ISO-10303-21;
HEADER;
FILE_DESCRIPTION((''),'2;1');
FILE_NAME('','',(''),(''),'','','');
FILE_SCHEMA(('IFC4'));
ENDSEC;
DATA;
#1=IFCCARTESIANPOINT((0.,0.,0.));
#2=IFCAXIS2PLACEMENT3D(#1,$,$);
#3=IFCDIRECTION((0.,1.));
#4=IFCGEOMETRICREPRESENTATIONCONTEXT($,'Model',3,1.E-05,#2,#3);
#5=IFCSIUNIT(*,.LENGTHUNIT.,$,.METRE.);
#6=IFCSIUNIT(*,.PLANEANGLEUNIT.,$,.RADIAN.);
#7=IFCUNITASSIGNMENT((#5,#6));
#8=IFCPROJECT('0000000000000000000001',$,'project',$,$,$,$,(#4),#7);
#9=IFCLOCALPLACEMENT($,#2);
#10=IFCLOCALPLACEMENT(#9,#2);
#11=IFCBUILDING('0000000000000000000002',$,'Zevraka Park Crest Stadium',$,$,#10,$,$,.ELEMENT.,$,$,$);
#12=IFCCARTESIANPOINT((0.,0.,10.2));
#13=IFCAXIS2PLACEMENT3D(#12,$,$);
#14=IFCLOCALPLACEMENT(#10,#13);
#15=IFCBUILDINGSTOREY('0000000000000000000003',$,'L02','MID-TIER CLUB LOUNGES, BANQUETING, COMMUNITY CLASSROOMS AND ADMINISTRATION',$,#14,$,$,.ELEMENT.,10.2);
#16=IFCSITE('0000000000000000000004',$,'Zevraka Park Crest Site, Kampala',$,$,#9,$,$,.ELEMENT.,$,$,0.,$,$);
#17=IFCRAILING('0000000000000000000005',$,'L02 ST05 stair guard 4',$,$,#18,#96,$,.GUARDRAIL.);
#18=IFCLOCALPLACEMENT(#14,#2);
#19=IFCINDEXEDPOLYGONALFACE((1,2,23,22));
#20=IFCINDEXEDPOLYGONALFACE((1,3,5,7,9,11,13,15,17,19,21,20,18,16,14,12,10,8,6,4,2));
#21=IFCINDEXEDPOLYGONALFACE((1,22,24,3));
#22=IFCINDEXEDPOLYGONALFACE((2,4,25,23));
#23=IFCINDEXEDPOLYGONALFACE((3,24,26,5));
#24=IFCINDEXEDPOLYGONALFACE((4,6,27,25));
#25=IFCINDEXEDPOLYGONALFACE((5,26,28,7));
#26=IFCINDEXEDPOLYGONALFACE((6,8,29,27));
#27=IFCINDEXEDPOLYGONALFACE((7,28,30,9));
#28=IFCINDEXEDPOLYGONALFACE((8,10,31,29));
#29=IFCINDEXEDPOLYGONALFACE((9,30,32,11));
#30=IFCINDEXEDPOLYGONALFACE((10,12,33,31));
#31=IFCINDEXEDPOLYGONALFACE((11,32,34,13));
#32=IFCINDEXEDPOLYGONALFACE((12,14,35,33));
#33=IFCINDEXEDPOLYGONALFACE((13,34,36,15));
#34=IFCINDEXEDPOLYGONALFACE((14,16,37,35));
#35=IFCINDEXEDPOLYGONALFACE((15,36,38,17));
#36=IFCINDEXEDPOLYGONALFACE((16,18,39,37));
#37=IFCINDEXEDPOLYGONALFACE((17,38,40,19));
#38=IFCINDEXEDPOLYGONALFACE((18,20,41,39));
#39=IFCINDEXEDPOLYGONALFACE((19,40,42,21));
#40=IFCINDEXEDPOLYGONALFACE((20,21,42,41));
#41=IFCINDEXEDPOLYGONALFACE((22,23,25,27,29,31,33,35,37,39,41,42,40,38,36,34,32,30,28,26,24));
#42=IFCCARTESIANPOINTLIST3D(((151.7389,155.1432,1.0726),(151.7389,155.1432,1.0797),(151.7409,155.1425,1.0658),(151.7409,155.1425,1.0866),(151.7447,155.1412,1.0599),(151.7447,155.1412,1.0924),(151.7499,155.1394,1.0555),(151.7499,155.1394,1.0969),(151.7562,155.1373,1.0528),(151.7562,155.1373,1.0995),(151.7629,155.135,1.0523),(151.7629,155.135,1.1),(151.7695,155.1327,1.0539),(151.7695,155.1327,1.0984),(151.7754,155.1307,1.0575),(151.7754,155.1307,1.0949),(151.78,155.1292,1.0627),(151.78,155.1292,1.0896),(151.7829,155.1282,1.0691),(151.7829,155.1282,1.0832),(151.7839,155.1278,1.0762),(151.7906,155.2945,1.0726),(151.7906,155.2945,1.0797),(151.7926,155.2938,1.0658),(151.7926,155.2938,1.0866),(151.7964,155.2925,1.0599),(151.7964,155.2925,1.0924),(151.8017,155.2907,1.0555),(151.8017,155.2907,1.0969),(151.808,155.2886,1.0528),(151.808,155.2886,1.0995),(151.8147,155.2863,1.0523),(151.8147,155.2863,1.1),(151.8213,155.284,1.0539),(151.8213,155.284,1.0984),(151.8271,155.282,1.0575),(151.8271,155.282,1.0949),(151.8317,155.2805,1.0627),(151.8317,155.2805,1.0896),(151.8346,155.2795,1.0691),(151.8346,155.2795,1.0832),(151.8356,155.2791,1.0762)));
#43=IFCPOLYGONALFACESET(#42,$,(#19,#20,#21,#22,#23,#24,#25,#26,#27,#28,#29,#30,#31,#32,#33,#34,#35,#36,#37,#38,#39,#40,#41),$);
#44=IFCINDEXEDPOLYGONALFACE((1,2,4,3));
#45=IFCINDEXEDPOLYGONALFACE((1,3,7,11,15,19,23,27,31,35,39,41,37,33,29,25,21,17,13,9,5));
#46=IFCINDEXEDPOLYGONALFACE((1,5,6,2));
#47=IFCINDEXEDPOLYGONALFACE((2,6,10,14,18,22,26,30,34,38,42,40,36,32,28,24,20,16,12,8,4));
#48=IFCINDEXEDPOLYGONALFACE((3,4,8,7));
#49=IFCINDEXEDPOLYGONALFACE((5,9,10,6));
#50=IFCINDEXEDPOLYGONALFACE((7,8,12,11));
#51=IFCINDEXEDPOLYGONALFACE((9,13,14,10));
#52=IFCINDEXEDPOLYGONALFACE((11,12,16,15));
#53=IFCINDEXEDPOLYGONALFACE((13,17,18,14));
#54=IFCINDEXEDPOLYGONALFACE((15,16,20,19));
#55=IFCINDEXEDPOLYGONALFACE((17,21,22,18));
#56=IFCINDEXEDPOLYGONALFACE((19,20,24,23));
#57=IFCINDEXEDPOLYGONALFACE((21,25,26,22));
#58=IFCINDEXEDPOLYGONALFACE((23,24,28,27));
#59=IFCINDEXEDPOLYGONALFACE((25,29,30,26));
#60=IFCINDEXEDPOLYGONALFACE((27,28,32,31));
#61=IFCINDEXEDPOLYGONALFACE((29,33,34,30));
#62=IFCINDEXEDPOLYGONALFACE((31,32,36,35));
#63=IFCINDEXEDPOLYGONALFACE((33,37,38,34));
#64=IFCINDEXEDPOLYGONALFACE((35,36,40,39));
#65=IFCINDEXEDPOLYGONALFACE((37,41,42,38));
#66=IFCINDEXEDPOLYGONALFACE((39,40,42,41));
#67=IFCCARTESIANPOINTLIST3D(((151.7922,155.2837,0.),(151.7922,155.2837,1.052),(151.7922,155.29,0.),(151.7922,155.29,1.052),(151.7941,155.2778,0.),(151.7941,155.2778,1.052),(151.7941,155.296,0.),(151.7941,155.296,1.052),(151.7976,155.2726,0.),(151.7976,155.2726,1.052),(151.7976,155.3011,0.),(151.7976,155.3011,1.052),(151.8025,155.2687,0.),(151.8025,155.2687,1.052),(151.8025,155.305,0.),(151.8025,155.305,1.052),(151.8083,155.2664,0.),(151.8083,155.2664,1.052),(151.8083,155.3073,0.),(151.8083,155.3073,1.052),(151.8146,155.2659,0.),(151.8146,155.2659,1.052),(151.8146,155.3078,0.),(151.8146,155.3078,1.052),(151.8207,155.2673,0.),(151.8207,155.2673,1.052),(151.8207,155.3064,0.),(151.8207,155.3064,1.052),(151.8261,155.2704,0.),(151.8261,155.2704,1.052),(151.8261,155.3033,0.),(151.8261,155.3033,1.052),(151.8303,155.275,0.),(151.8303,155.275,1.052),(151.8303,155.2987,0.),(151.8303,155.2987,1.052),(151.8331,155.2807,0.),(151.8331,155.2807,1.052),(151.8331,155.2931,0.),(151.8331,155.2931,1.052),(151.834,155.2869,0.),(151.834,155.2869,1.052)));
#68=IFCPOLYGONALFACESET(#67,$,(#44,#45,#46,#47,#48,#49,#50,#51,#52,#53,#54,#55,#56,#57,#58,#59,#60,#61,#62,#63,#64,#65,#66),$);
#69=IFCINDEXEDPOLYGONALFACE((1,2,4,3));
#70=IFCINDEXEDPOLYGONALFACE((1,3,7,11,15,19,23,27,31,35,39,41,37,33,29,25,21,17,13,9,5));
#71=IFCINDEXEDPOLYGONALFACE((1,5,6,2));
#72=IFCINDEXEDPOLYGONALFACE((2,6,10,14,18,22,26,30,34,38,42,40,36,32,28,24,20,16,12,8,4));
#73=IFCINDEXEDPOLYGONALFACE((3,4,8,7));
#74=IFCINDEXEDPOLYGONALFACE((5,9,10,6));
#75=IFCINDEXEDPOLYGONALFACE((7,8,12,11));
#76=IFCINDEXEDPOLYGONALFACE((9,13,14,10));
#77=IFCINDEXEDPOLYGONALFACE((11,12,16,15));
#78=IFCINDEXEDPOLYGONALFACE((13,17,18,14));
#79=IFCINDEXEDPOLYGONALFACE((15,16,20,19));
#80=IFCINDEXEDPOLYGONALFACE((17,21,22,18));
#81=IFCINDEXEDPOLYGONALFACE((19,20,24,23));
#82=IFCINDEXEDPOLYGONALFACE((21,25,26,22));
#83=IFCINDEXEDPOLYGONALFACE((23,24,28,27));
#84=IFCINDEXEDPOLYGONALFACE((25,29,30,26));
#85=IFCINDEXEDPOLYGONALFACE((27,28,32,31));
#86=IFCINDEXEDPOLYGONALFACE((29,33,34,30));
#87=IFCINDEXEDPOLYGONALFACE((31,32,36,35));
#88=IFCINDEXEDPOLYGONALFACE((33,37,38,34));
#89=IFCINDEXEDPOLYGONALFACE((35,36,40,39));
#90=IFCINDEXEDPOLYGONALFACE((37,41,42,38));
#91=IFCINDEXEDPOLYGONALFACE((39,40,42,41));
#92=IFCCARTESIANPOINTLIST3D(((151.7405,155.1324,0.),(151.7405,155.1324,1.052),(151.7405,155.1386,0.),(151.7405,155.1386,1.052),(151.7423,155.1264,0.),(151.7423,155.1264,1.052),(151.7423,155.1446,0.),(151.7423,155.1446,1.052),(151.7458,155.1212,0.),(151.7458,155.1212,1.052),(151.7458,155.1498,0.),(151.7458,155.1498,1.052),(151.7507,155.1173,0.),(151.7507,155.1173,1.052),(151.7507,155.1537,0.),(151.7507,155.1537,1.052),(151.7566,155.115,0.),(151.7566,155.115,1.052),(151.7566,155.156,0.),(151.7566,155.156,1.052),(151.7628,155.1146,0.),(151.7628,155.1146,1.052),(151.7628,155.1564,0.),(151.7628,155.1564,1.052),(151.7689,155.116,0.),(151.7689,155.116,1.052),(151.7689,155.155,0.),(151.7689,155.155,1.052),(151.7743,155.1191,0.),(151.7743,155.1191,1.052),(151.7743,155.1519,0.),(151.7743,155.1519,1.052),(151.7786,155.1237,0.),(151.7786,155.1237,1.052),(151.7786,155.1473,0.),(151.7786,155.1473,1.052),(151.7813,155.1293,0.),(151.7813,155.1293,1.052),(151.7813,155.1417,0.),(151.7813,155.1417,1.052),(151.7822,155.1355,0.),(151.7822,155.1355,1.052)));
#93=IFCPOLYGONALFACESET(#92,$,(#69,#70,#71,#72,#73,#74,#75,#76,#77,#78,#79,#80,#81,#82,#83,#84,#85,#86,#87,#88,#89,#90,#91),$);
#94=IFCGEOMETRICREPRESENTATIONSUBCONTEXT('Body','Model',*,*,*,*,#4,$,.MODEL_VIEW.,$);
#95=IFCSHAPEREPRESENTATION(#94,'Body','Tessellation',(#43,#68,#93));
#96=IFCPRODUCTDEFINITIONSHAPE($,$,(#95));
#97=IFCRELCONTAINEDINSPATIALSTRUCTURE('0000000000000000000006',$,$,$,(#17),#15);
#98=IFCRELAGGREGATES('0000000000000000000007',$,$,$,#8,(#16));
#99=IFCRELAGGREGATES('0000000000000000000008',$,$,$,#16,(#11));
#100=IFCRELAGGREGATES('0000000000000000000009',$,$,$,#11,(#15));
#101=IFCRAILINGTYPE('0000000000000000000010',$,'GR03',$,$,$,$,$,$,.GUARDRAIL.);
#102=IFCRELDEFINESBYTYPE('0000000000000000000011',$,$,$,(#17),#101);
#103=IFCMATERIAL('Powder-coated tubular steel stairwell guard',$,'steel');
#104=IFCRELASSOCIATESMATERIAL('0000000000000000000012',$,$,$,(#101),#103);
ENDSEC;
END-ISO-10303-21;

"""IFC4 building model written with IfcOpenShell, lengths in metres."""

from ifc_helpers import new_model, si_unit, direction, frame, origin, origin_2d, place, context, subcontext, project, spatial, circle, extrude, material, type_object, element, save


model = new_model("IFC4")

# Units and contexts
model_context = context("Model", 3, precision=1e-05, world=origin(), true_north=direction((0.0, 1.0)))
body_context = subcontext(model_context, "Body", "Model", "MODEL_VIEW")
ifc_project = project(units=[si_unit("LENGTHUNIT", "METRE"), si_unit("PLANEANGLEUNIT", "RADIAN")], contexts=[model_context])

# Site, building, storey
site_placement = place(None, origin())
site = spatial("IfcSite", under=ifc_project, at=site_placement, Name="Zevraka Park Crest Site, Kampala", CompositionType="ELEMENT", RefElevation=0.0)
building_placement = place(site_placement, origin())
building = spatial("IfcBuilding", under=site, at=building_placement, Name="Zevraka Park Crest Stadium", CompositionType="ELEMENT")
storey_placement = place(building_placement, frame((0.0, 0.0, 10.2)))
storey = spatial("IfcBuildingStorey", under=building, at=storey_placement, Name="L02", Description="MID-TIER CLUB LOUNGES, BANQUETING, COMMUNITY CLASSROOMS AND ADMINISTRATION", CompositionType="ELEMENT", Elevation=10.2)

# Railing
ifc_material_1 = material(Name="Powder-coated tubular steel stairwell guard", Category="steel")
railing_type_1 = type_object("IfcRailingType", Name="GR03", PredefinedType="GUARDRAIL", material=ifc_material_1)
railing_1_placement = place(storey_placement, frame((151.813, 155.2869, 0.0)))
element("IfcRailing", 1, at=railing_1_placement, inside=storey, type_object=railing_type_1, Name="L02 ST05 stair guard 4", PredefinedType="GUARDRAIL", context=body_context, shape_type="SweptSolid", body=[
    extrude(circle(Radius=0.0239, at=origin_2d()), frame((0.0, 0.0, 1.0762), z_axis=(-0.323544, -0.946213, 0.0), x_axis=(0.946213, -0.323544, 0.0)), (0.0, 0.0, 1.0), 0.1599),
    extrude(circle(Radius=0.021, at=origin_2d()), origin(), (0.0, 0.0, 1.0), 1.052),
    extrude(circle(Radius=0.021, at=origin_2d()), frame((-0.0518, -0.1514, 0.0)), (0.0, 0.0, 1.0), 1.052),
])

save(model, "model.ifc")
